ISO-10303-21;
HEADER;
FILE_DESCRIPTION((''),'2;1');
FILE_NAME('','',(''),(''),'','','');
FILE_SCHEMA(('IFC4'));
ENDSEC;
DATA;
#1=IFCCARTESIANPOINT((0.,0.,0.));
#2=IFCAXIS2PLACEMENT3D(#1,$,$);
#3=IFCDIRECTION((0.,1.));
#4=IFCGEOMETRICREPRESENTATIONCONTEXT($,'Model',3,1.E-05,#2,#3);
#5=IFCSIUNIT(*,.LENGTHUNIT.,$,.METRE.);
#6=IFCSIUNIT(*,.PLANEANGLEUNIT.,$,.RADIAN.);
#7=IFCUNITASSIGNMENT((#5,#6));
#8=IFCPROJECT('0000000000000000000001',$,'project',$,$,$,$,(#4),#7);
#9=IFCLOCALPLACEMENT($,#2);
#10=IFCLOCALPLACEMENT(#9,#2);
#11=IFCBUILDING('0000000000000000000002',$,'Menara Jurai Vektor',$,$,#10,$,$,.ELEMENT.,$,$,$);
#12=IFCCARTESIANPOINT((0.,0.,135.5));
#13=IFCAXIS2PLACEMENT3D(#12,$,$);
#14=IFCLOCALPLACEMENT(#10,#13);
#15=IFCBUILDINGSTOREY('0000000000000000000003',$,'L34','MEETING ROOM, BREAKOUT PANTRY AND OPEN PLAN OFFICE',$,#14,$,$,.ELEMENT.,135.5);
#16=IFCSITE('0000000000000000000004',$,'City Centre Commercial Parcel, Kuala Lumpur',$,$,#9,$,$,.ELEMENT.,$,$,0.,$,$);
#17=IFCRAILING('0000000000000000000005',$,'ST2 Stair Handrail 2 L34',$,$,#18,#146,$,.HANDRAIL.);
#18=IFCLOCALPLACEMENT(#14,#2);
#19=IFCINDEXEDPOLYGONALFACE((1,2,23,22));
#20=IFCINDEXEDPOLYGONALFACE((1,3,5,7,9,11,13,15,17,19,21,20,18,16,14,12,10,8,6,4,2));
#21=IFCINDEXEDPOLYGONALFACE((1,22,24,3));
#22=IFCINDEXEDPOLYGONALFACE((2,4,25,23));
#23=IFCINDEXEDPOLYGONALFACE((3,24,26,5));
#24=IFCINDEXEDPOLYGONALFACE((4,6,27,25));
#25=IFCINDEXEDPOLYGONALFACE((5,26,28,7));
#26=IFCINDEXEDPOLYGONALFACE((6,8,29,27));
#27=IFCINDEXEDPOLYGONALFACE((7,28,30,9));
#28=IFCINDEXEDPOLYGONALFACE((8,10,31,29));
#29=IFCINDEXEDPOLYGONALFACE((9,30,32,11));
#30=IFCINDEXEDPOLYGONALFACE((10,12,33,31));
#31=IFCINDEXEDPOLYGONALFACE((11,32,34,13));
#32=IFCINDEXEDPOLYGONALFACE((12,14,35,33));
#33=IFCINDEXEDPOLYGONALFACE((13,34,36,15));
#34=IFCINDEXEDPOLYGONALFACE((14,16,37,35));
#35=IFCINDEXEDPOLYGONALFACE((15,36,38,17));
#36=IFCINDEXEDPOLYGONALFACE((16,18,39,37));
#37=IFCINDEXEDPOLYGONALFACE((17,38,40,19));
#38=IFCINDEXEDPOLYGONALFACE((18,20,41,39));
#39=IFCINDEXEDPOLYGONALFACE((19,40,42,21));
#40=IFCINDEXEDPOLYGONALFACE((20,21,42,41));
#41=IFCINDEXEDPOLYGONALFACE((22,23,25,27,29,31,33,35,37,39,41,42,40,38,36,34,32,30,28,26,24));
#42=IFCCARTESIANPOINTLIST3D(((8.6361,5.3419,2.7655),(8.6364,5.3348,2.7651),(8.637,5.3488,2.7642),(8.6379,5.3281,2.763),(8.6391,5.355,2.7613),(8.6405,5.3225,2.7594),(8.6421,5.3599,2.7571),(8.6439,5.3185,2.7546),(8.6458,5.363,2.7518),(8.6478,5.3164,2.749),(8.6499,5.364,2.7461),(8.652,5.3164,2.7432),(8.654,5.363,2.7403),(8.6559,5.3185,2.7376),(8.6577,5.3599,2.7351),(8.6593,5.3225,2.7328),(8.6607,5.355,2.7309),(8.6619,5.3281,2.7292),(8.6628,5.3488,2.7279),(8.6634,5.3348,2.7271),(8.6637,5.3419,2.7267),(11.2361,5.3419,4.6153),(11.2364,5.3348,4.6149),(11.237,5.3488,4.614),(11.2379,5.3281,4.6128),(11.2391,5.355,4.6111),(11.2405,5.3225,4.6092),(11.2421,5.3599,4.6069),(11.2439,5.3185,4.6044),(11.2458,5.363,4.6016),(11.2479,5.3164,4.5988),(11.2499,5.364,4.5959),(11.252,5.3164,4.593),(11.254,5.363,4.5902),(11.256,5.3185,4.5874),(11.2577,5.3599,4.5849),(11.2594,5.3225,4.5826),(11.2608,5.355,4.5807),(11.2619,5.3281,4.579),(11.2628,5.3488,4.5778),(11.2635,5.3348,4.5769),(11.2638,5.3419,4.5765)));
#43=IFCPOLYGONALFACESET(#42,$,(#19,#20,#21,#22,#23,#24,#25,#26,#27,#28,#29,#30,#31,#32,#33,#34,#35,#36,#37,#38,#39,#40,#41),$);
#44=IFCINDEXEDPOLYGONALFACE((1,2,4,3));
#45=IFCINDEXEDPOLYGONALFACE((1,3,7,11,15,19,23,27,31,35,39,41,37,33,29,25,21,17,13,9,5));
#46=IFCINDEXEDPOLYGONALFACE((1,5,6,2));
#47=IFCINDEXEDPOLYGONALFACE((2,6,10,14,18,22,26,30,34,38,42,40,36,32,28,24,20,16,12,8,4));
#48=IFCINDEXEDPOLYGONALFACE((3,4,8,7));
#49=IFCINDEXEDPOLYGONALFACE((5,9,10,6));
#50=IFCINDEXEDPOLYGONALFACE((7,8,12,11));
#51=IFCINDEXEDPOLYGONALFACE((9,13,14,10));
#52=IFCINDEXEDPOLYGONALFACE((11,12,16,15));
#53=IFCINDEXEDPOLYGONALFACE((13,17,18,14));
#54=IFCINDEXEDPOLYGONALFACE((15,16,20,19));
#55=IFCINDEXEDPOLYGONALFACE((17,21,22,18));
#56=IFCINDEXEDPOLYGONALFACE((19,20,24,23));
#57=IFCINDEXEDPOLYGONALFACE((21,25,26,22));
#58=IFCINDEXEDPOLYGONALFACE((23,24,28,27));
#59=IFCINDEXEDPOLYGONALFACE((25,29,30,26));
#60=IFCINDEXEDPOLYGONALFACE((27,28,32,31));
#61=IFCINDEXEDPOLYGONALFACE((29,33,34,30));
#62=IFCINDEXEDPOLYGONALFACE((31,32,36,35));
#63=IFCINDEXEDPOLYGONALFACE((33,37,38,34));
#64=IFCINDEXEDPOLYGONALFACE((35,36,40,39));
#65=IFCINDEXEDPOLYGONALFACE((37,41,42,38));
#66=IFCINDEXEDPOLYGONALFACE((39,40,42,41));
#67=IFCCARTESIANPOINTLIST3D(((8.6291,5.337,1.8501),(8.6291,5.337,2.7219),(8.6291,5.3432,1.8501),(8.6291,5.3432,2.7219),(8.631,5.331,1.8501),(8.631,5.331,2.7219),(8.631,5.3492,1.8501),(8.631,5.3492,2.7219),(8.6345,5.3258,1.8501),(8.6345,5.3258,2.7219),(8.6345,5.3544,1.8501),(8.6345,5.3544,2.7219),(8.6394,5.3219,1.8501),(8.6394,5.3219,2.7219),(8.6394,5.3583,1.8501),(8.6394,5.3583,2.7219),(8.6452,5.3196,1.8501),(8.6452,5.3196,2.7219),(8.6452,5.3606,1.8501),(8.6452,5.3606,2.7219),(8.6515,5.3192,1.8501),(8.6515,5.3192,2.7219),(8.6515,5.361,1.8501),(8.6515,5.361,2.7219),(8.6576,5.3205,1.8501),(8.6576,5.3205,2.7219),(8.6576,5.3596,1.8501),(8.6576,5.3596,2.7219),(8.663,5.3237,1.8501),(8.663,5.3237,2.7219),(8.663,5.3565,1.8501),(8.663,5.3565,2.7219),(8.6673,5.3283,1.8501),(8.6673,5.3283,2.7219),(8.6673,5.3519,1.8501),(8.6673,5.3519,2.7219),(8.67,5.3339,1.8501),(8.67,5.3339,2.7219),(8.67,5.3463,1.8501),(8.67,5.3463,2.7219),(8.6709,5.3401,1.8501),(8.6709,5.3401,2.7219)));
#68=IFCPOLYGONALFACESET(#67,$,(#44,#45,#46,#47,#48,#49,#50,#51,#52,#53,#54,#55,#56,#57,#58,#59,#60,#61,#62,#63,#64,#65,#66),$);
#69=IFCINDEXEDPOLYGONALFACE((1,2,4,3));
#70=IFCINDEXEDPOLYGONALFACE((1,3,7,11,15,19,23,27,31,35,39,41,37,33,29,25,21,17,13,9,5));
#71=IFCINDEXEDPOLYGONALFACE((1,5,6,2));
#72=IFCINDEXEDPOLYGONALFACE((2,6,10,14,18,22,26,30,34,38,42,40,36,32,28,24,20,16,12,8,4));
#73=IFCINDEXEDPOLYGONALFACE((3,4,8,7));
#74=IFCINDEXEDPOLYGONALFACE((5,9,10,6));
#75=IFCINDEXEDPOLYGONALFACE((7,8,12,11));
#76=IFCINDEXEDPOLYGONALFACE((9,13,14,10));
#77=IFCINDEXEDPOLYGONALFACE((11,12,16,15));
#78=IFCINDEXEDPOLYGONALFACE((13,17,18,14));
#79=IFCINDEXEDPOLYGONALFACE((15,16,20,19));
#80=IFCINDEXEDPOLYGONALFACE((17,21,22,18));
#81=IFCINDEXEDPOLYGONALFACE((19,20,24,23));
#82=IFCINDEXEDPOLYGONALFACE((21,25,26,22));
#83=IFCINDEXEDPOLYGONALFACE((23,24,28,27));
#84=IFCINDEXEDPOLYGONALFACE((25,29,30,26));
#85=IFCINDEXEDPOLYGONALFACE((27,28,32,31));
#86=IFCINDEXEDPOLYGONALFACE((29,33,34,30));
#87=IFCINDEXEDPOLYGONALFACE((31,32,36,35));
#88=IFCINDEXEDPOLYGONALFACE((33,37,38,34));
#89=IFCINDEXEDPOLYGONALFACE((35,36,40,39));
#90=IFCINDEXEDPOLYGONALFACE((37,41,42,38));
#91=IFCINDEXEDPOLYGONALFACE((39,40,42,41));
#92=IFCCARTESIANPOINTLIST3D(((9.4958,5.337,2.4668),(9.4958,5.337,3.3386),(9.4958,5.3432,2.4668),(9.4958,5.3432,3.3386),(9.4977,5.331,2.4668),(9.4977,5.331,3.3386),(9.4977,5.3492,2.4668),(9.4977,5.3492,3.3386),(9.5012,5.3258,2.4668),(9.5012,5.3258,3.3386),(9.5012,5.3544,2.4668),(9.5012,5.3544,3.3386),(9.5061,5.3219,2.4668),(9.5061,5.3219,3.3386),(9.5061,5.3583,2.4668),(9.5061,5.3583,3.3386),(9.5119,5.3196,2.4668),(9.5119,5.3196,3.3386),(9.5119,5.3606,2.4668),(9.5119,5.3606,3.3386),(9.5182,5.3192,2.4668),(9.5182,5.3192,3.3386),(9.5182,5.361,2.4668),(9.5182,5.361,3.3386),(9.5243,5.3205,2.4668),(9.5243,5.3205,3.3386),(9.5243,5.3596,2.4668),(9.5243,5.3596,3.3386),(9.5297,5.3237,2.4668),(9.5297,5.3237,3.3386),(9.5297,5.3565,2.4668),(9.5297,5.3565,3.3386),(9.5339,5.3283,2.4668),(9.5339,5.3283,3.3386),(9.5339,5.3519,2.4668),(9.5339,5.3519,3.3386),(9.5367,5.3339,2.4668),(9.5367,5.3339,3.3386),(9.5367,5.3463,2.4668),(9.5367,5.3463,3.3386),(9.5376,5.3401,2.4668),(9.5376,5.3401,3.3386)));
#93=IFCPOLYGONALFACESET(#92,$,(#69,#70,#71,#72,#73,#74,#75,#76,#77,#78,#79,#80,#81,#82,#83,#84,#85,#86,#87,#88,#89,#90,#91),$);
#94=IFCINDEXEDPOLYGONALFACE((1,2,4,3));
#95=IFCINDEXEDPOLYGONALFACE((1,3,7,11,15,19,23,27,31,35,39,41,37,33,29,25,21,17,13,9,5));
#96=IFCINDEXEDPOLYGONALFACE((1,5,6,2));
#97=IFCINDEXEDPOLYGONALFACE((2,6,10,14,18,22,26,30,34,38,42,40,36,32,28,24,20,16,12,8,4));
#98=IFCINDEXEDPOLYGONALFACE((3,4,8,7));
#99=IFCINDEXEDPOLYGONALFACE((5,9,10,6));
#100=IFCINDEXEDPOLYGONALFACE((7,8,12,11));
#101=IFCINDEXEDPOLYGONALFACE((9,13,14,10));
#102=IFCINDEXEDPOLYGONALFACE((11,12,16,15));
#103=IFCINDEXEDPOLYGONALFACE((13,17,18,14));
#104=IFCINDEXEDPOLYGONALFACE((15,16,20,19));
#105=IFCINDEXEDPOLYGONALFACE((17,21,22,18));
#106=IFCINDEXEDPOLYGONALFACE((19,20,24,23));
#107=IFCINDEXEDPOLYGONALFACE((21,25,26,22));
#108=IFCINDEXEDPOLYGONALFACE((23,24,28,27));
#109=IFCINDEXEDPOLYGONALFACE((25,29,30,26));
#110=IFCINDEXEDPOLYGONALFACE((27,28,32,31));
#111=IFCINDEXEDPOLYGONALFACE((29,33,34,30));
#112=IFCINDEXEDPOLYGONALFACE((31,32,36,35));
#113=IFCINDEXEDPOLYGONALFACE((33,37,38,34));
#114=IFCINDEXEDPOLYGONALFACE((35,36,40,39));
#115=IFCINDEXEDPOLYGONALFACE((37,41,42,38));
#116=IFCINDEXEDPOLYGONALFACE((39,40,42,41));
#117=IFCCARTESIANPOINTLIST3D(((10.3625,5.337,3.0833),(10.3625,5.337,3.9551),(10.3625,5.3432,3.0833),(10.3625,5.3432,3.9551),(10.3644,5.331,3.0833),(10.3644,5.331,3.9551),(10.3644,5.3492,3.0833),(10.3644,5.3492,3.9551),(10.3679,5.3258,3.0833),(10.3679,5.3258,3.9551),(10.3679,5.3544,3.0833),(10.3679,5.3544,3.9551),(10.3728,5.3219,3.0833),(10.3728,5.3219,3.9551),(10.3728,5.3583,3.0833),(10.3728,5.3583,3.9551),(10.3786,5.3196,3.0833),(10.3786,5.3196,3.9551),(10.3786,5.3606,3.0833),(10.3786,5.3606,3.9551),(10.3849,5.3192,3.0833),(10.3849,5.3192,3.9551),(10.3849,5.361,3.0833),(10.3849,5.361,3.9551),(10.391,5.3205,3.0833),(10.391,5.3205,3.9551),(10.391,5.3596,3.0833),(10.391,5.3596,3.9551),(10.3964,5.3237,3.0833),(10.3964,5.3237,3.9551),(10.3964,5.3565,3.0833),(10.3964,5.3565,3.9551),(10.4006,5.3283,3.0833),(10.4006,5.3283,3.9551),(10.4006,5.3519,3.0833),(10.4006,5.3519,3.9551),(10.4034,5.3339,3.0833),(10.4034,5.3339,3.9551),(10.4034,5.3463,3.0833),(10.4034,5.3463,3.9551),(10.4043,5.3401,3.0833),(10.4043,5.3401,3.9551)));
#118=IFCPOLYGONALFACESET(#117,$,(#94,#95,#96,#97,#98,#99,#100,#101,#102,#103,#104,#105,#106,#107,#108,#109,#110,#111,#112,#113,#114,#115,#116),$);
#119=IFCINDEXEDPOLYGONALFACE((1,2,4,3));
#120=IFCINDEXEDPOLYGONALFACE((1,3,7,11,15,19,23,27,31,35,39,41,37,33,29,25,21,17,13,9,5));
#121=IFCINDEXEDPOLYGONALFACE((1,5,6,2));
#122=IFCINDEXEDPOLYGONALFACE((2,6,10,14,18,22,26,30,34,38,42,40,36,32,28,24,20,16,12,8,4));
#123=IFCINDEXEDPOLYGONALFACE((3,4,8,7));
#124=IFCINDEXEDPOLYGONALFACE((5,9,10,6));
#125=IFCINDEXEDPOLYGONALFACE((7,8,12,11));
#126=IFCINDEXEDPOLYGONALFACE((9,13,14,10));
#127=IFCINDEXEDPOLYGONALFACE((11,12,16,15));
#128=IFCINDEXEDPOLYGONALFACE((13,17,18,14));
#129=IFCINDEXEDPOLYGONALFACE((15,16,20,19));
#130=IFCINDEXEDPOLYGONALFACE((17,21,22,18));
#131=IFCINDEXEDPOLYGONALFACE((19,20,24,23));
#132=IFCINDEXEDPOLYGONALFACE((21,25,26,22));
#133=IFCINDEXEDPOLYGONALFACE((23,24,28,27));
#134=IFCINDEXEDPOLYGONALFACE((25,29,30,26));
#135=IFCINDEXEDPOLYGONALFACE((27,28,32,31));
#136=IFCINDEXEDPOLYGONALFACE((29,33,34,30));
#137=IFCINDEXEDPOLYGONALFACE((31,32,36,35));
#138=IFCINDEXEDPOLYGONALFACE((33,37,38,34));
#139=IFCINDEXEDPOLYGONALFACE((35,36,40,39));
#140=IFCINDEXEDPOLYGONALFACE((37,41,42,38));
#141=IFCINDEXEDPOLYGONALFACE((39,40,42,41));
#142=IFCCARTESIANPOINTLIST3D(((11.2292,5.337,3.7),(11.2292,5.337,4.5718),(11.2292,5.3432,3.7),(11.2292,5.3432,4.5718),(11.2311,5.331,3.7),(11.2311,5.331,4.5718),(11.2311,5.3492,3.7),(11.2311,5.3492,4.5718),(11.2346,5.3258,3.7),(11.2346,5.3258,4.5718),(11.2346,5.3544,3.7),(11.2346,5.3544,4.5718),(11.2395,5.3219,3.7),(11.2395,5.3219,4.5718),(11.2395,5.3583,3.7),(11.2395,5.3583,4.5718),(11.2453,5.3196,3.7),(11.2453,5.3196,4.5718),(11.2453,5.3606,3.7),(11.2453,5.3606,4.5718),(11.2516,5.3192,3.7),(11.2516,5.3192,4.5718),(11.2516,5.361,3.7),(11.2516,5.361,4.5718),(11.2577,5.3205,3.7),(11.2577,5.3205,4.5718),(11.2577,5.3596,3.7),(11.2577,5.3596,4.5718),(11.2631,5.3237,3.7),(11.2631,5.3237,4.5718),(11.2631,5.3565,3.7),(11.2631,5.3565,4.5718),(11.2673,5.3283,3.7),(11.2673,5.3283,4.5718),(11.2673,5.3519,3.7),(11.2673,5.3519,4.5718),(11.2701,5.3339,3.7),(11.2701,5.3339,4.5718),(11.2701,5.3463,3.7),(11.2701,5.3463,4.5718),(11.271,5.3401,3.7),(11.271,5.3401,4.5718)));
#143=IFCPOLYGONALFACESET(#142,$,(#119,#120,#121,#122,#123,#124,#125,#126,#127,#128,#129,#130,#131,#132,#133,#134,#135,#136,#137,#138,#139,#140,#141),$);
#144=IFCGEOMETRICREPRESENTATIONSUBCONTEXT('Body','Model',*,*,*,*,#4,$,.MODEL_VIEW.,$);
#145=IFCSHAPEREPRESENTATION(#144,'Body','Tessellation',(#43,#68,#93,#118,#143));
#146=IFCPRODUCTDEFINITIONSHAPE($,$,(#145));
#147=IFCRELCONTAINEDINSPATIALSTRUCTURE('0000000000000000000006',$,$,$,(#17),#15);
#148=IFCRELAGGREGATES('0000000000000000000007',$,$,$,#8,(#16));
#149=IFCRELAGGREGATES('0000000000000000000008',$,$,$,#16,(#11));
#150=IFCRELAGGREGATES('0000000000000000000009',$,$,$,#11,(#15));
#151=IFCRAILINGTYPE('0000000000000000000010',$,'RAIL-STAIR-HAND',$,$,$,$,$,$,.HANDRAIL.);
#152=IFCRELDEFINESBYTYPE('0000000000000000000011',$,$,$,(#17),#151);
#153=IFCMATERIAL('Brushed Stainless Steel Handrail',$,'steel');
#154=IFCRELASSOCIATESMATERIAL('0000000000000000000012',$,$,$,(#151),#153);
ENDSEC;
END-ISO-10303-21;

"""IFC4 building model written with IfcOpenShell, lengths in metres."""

from ifc_helpers import new_model, si_unit, direction, frame, origin, origin_2d, place, context, subcontext, project, spatial, circle, extrude, material, type_object, element, save


model = new_model("IFC4")

# Units and contexts
model_context = context("Model", 3, precision=1e-05, world=origin(), true_north=direction((0.0, 1.0)))
body_context = subcontext(model_context, "Body", "Model", "MODEL_VIEW")
ifc_project = project(units=[si_unit("LENGTHUNIT", "METRE"), si_unit("PLANEANGLEUNIT", "RADIAN")], contexts=[model_context])

# Site, building, storey
site_placement = place(None, origin())
site = spatial("IfcSite", under=ifc_project, at=site_placement, Name="City Centre Commercial Parcel, Kuala Lumpur", CompositionType="ELEMENT", RefElevation=0.0)
building_placement = place(site_placement, origin())
building = spatial("IfcBuilding", under=site, at=building_placement, Name="Menara Jurai Vektor", CompositionType="ELEMENT")
storey_placement = place(building_placement, frame((0.0, 0.0, 135.5)))
storey = spatial("IfcBuildingStorey", under=building, at=storey_placement, Name="L34", Description="MEETING ROOM, BREAKOUT PANTRY AND OPEN PLAN OFFICE", CompositionType="ELEMENT", Elevation=135.5)

# Railing
ifc_material_1 = material(Name="Brushed Stainless Steel Handrail", Category="steel")
railing_type_1 = type_object("IfcRailingType", Name="RAIL-STAIR-HAND", PredefinedType="HANDRAIL", material=ifc_material_1)
railing_1_placement = place(storey_placement, frame((8.6499, 5.3401, 1.8501)))
element("IfcRailing", 1, at=railing_1_placement, inside=storey, type_object=railing_type_1, Name="ST2 Stair Handrail 2 L34", PredefinedType="HANDRAIL", context=body_context, shape_type="SweptSolid", body=[
    extrude(circle(Radius=0.0239, at=origin_2d()), frame((0.0, 0.0, 0.896), z_axis=(0.814823, 0.0, 0.57971), x_axis=(0.0, 1.0, 0.0)), (0.0, 0.0, 1.0), 3.1909),
    extrude(circle(Radius=0.021, at=origin_2d()), origin(), (0.0, 0.0, 1.0), 0.8718),
    extrude(circle(Radius=0.021, at=origin_2d()), frame((0.8667, 0.0, 0.6167)), (0.0, 0.0, 1.0), 0.8718),
    extrude(circle(Radius=0.021, at=origin_2d()), frame((1.7334, 0.0, 1.2332)), (0.0, 0.0, 1.0), 0.8718),
    extrude(circle(Radius=0.021, at=origin_2d()), frame((2.6001, 0.0, 1.8499)), (0.0, 0.0, 1.0), 0.8718),
])

save(model, "model.ifc")
